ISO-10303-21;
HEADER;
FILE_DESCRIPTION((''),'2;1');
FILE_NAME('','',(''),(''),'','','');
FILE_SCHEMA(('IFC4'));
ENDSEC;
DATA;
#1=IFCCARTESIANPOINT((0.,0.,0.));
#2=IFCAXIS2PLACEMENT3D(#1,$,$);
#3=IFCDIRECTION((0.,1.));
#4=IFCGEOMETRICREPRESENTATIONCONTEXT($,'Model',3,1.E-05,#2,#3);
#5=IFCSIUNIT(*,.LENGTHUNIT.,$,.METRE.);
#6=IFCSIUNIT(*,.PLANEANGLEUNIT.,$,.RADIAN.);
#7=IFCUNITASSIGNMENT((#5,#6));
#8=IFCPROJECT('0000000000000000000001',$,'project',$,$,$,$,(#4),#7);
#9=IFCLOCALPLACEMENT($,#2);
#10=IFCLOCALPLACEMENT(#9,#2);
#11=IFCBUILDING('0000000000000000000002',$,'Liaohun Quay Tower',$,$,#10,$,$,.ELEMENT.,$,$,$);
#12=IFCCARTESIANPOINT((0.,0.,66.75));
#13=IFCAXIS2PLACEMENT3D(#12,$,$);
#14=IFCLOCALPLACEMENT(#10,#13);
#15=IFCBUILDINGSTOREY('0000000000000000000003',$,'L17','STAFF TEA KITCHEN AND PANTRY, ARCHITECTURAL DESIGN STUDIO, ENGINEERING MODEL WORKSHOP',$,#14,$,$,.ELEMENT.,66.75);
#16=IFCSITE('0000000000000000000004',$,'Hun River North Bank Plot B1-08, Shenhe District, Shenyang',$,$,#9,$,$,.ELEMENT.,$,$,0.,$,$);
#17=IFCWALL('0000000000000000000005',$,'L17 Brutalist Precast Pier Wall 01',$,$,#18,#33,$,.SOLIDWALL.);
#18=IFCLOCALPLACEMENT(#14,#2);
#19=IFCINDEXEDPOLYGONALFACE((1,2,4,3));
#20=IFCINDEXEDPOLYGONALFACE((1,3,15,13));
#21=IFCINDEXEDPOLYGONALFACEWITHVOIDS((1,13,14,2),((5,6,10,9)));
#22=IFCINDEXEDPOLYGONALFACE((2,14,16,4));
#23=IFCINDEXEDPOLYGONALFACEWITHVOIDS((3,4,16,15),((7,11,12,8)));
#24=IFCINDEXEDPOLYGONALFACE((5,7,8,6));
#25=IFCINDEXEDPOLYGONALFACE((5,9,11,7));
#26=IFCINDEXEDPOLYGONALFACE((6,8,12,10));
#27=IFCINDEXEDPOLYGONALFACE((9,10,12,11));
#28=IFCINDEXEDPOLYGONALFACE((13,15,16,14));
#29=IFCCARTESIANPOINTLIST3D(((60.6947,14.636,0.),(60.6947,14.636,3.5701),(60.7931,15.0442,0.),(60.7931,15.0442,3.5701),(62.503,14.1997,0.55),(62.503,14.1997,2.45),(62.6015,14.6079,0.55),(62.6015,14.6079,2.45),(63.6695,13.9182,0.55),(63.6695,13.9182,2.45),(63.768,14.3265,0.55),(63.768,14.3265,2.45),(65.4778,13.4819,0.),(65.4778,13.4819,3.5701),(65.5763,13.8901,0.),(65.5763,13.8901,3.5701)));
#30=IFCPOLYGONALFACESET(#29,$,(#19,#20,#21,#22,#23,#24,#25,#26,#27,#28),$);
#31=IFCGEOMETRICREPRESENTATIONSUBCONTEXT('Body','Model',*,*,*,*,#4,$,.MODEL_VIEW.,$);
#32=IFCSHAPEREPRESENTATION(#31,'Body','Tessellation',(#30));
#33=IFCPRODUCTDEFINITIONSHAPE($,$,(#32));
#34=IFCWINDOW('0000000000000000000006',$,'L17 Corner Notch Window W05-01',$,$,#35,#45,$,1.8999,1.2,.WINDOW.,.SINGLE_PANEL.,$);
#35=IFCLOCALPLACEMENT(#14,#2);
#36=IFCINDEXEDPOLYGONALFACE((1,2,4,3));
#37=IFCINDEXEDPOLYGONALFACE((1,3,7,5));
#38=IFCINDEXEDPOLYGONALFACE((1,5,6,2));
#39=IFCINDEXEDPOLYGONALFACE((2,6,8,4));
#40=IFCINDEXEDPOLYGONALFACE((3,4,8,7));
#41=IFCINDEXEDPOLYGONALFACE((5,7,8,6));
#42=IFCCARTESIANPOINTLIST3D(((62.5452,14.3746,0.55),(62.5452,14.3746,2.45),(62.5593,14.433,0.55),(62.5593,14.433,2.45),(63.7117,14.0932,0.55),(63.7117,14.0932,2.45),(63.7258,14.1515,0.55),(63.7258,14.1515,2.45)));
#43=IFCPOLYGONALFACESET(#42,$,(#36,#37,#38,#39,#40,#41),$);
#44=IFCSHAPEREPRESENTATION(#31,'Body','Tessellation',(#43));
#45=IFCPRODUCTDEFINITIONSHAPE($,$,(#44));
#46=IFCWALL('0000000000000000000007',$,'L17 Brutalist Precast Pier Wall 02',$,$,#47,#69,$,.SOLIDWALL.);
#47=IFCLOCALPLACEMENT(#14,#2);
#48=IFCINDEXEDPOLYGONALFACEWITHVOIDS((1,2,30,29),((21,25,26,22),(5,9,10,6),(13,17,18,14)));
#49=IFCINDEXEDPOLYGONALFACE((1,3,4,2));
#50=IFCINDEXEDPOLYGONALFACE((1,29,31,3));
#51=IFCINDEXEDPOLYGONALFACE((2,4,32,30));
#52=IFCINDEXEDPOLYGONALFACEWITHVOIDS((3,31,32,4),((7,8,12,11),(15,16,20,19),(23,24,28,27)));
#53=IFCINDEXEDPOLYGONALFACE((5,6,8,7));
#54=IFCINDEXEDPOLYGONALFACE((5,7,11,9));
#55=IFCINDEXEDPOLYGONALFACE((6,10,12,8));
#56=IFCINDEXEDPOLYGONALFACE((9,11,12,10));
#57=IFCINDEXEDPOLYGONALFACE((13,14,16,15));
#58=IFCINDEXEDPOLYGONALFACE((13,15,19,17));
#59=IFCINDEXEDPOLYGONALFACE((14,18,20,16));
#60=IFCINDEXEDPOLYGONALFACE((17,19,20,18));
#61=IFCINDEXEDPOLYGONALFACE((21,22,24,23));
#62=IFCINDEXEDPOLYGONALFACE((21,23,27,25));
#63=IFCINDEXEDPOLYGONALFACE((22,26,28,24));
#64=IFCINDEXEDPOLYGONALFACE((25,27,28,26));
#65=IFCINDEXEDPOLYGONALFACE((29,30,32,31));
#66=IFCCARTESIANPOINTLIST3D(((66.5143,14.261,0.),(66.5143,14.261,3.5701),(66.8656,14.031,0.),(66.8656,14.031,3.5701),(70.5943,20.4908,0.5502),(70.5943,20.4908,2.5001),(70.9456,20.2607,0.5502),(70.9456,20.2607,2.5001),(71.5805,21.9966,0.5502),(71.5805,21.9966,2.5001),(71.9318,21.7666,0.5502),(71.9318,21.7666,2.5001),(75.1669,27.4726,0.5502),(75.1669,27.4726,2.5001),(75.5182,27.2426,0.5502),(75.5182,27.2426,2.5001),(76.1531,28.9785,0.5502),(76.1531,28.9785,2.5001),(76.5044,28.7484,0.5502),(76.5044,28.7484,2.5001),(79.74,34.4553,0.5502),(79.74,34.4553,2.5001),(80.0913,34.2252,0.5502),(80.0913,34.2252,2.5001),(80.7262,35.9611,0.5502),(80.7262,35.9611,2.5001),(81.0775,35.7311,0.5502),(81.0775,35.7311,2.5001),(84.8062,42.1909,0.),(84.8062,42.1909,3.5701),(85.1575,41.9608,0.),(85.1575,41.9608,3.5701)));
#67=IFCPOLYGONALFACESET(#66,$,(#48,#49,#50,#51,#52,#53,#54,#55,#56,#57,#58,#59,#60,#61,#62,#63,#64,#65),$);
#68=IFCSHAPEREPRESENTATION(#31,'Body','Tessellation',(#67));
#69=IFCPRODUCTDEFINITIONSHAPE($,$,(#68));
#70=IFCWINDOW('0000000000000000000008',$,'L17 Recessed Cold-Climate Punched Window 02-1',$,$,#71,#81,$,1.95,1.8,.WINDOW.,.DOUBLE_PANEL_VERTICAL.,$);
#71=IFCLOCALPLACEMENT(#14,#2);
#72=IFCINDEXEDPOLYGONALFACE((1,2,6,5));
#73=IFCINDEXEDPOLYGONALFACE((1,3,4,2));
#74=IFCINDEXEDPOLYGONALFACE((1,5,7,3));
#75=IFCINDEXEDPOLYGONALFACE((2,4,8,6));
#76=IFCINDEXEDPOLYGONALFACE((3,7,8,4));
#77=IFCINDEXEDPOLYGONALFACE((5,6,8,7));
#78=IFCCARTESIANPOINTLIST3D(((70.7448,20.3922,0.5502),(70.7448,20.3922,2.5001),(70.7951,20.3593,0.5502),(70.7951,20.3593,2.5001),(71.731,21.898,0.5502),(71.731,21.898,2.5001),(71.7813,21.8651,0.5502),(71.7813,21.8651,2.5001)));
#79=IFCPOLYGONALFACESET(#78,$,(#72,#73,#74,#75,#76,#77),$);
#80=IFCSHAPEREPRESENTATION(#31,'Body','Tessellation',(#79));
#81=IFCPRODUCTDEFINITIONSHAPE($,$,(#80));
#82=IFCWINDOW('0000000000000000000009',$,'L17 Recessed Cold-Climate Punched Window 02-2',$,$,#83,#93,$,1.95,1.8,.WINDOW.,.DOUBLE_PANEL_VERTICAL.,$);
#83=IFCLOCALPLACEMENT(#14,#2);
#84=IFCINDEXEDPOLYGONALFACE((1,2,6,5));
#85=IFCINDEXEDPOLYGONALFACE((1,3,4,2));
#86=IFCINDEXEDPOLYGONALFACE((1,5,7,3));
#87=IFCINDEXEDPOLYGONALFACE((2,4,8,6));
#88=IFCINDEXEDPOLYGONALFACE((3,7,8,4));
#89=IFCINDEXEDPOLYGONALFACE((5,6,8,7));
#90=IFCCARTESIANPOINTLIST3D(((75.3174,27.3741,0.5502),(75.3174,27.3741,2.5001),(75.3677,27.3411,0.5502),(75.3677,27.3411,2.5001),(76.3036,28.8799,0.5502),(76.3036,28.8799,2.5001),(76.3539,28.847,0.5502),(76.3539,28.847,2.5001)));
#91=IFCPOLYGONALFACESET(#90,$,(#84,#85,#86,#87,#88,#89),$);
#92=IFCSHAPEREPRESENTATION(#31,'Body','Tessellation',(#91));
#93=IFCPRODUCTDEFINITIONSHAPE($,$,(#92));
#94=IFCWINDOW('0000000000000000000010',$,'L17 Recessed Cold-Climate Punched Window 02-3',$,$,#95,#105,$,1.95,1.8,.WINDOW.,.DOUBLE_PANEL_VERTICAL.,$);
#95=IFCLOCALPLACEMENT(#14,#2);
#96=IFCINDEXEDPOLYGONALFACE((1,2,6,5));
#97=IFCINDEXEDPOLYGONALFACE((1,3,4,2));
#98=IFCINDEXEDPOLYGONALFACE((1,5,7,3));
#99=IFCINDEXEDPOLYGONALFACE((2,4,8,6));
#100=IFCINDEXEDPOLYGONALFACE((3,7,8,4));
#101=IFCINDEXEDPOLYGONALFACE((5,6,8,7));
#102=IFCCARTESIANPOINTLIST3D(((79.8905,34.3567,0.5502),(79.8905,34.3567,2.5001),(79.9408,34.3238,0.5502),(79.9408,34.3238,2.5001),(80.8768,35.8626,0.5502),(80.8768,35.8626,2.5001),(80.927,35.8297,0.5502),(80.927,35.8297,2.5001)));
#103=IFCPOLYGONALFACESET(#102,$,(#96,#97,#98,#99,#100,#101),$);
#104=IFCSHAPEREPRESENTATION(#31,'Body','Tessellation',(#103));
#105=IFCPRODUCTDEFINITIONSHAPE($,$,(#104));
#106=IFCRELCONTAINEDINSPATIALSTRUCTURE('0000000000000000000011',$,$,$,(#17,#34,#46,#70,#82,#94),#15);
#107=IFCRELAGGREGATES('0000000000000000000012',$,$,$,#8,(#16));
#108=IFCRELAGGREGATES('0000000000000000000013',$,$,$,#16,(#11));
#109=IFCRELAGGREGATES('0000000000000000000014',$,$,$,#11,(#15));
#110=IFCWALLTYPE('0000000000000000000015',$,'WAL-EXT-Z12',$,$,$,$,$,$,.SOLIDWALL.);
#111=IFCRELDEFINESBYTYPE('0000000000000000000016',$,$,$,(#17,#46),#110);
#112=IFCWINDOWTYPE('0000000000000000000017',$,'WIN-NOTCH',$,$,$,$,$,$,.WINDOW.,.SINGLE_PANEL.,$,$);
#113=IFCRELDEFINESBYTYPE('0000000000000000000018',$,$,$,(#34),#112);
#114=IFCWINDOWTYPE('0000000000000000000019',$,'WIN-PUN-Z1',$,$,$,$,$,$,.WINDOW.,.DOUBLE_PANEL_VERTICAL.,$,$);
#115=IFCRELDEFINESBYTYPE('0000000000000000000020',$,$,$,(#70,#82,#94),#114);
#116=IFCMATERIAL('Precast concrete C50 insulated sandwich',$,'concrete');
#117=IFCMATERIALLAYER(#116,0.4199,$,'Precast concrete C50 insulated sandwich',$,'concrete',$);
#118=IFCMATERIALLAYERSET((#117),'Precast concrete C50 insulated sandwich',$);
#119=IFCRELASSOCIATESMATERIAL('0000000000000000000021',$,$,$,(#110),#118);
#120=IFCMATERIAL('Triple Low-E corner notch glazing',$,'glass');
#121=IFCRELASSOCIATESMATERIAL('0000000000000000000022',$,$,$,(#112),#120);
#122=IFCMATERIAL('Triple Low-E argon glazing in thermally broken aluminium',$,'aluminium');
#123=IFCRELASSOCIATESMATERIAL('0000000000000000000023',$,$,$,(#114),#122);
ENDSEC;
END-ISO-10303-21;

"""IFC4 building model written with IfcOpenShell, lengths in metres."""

from ifc_helpers import new_model, si_unit, direction, frame, frame_2d, origin, place, context, subcontext, project, spatial, rectangle, extrude, source, transform, mapped, material, layer, layer_set, type_object, element, fill, save


model = new_model("IFC4")

# Units and contexts
model_context = context("Model", 3, precision=1e-05, world=origin(), true_north=direction((0.0, 1.0)))
body_context = subcontext(model_context, "Body", "Model", "MODEL_VIEW")
ifc_project = project(units=[si_unit("LENGTHUNIT", "METRE"), si_unit("PLANEANGLEUNIT", "RADIAN")], contexts=[model_context])

# Site, building, storey
site_placement = place(None, origin())
site = spatial("IfcSite", under=ifc_project, at=site_placement, Name="Hun River North Bank Plot B1-08, Shenhe District, Shenyang", CompositionType="ELEMENT", RefElevation=0.0)
building_placement = place(site_placement, origin())
building = spatial("IfcBuilding", under=site, at=building_placement, Name="Liaohun Quay Tower", CompositionType="ELEMENT")
storey_placement = place(building_placement, frame((0.0, 0.0, 66.75)))
storey = spatial("IfcBuildingStorey", under=building, at=storey_placement, Name="L17", Description="STAFF TEA KITCHEN AND PANTRY, ARCHITECTURAL DESIGN STUDIO, ENGINEERING MODEL WORKSHOP", CompositionType="ELEMENT", Elevation=66.75)

# Wall, opening, window
ifc_material_1 = material(Name="Precast concrete C50 insulated sandwich", Category="concrete")
ifc_layer_1 = layer(ifc_material_1, 0.4199, Name="Precast concrete C50 insulated sandwich", Category="concrete")
ifc_layer_set_1 = layer_set([ifc_layer_1], Name="Precast concrete C50 insulated sandwich")
wall_type_1 = type_object("IfcWallType", Name="WAL-EXT-Z12", PredefinedType="SOLIDWALL", material=ifc_layer_set_1)
wall_1_placement = place(storey_placement, frame((60.7439, 14.8401, 0.0), z_axis=(0.0, 0.0, 1.0), x_axis=(0.972106, -0.234542, 0.0)))
wall_1 = element("IfcWall", 1, at=wall_1_placement, inside=storey, type_object=wall_type_1, Name="L17 Brutalist Precast Pier Wall 01", PredefinedType="SOLIDWALL", context=body_context, shape_type="SweptSolid", body=[
    extrude(rectangle(XDim=4.9204, YDim=0.4199, at=frame_2d((2.4602, 0.0))), origin(), (0.0, 0.0, 1.0), 3.5701),
])
shared_shape_1 = source(origin(), body_context, "Body", "SweptSolid", [
    extrude(rectangle(XDim=1.2, YDim=1.8999, at=frame_2d((0.6001, 0.95))), frame((0.0, 0.22, 0.0), z_axis=(0.0, -1.0, 0.0), x_axis=(1.0, 0.0, 0.0)), (0.0, 0.0, 1.0), 0.4399),
])
opening_1_placement = place(wall_1_placement, frame((1.8601, 0.0, 0.55)))
opening_1 = element("IfcOpeningElement", 2, at=opening_1_placement, cuts=wall_1, PredefinedType="OPENING", context=body_context, shape_type="MappedRepresentation", body=[
    mapped(shared_shape_1, transform((0.0, 0.0, 0.0), x_axis=(1.0, 0.0, 0.0), y_axis=(0.0, 1.0, 0.0), z_axis=(0.0, 0.0, 1.0), scale=1.0)),
])
ifc_material_2 = material(Name="Triple Low-E corner notch glazing", Category="glass")
window_type_1 = type_object("IfcWindowType", Name="WIN-NOTCH", PartitioningType="SINGLE_PANEL", PredefinedType="WINDOW", material=ifc_material_2)
shared_shape_2 = source(origin(), body_context, "Body", "SweptSolid", [
    extrude(rectangle(XDim=1.2, YDim=1.8999, at=frame_2d((0.6001, 0.95))), frame((0.0, 0.03, 0.0), z_axis=(0.0, -1.0, 0.0), x_axis=(1.0, 0.0, 0.0)), (0.0, 0.0, 1.0), 0.0601),
])
window_1_placement = place(opening_1_placement, origin())
window_1 = element("IfcWindow", 3, at=window_1_placement, inside=storey, type_object=window_type_1, Name="L17 Corner Notch Window W05-01", OverallHeight=1.8999, OverallWidth=1.2, PartitioningType="SINGLE_PANEL", PredefinedType="WINDOW", context=body_context, shape_type="MappedRepresentation", body=[
    mapped(shared_shape_2, transform((0.0, 0.0, 0.0), x_axis=(1.0, 0.0, 0.0), y_axis=(0.0, 1.0, 0.0), z_axis=(0.0, 0.0, 1.0), scale=1.0)),
])
fill(opening_1, window_1)

# Wall, openings, windows
wall_2_placement = place(storey_placement, frame((66.6899, 14.146, 0.0), z_axis=(0.0, 0.0, 1.0), x_axis=(0.547881, 0.836556, 0.0)))
wall_2 = element("IfcWall", 4, at=wall_2_placement, inside=storey, type_object=wall_type_1, Name="L17 Brutalist Precast Pier Wall 02", PredefinedType="SOLIDWALL", context=body_context, shape_type="SweptSolid", body=[
    extrude(rectangle(XDim=33.3867, YDim=0.4199, at=frame_2d((16.6934, 0.0))), origin(), (0.0, 0.0, 1.0), 3.5701),
])
shared_shape_3 = source(origin(), body_context, "Body", "SweptSolid", [
    extrude(rectangle(XDim=1.8, YDim=1.95, at=frame_2d((0.8999, 0.9751))), frame((0.0, 0.22, 0.0), z_axis=(0.0, -1.0, 0.0), x_axis=(1.0, 0.0, 0.0)), (0.0, 0.0, 1.0), 0.4399),
])
opening_2_placement = place(wall_2_placement, frame((7.447, 0.0, 0.55)))
opening_2 = element("IfcOpeningElement", 5, at=opening_2_placement, cuts=wall_2, PredefinedType="OPENING", context=body_context, shape_type="MappedRepresentation", body=[
    mapped(shared_shape_3, transform((0.0, 0.0, 0.0), x_axis=(1.0, 0.0, 0.0), y_axis=(0.0, 1.0, 0.0), z_axis=(0.0, 0.0, 1.0), scale=1.0)),
])
opening_3_placement = place(wall_2_placement, frame((15.793, 0.0, 0.55)))
opening_3 = element("IfcOpeningElement", 6, at=opening_3_placement, cuts=wall_2, PredefinedType="OPENING", context=body_context, shape_type="MappedRepresentation", body=[
    mapped(shared_shape_3, transform((0.0, 0.0, 0.0), x_axis=(1.0, 0.0, 0.0), y_axis=(0.0, 1.0, 0.0), z_axis=(0.0, 0.0, 1.0), scale=1.0)),
])
opening_4_placement = place(wall_2_placement, frame((24.1399, 0.0, 0.55)))
opening_4 = element("IfcOpeningElement", 7, at=opening_4_placement, cuts=wall_2, PredefinedType="OPENING", context=body_context, shape_type="MappedRepresentation", body=[
    mapped(shared_shape_3, transform((0.0, 0.0, 0.0), x_axis=(1.0, 0.0, 0.0), y_axis=(0.0, 1.0, 0.0), z_axis=(0.0, 0.0, 1.0), scale=1.0)),
])
ifc_material_3 = material(Name="Triple Low-E argon glazing in thermally broken aluminium", Category="aluminium")
window_type_2 = type_object("IfcWindowType", Name="WIN-PUN-Z1", PartitioningType="DOUBLE_PANEL_VERTICAL", PredefinedType="WINDOW", material=ifc_material_3)
shared_shape_4 = source(origin(), body_context, "Body", "SweptSolid", [
    extrude(rectangle(XDim=1.8, YDim=1.95, at=frame_2d((0.8999, 0.9751))), frame((0.0, 0.03, 0.0), z_axis=(0.0, -1.0, 0.0), x_axis=(1.0, 0.0, 0.0)), (0.0, 0.0, 1.0), 0.0601),
])
window_2_placement = place(opening_2_placement, origin())
window_2 = element("IfcWindow", 8, at=window_2_placement, inside=storey, type_object=window_type_2, Name="L17 Recessed Cold-Climate Punched Window 02-1", OverallHeight=1.95, OverallWidth=1.8, PartitioningType="DOUBLE_PANEL_VERTICAL", PredefinedType="WINDOW", context=body_context, shape_type="MappedRepresentation", body=[
    mapped(shared_shape_4, transform((0.0, 0.0, 0.0), x_axis=(1.0, 0.0, 0.0), y_axis=(0.0, 1.0, 0.0), z_axis=(0.0, 0.0, 1.0), scale=1.0)),
])
fill(opening_2, window_2)
window_3_placement = place(opening_3_placement, origin())
window_3 = element("IfcWindow", 9, at=window_3_placement, inside=storey, type_object=window_type_2, Name="L17 Recessed Cold-Climate Punched Window 02-2", OverallHeight=1.95, OverallWidth=1.8, PartitioningType="DOUBLE_PANEL_VERTICAL", PredefinedType="WINDOW", context=body_context, shape_type="MappedRepresentation", body=[
    mapped(shared_shape_4, transform((0.0, 0.0, 0.0), x_axis=(1.0, 0.0, 0.0), y_axis=(0.0, 1.0, 0.0), z_axis=(0.0, 0.0, 1.0), scale=1.0)),
])
fill(opening_3, window_3)
window_4_placement = place(opening_4_placement, origin())
window_4 = element("IfcWindow", 10, at=window_4_placement, inside=storey, type_object=window_type_2, Name="L17 Recessed Cold-Climate Punched Window 02-3", OverallHeight=1.95, OverallWidth=1.8, PartitioningType="DOUBLE_PANEL_VERTICAL", PredefinedType="WINDOW", context=body_context, shape_type="MappedRepresentation", body=[
    mapped(shared_shape_4, transform((0.0, 0.0, 0.0), x_axis=(1.0, 0.0, 0.0), y_axis=(0.0, 1.0, 0.0), z_axis=(0.0, 0.0, 1.0), scale=1.0)),
])
fill(opening_4, window_4)

save(model, "model.ifc")
